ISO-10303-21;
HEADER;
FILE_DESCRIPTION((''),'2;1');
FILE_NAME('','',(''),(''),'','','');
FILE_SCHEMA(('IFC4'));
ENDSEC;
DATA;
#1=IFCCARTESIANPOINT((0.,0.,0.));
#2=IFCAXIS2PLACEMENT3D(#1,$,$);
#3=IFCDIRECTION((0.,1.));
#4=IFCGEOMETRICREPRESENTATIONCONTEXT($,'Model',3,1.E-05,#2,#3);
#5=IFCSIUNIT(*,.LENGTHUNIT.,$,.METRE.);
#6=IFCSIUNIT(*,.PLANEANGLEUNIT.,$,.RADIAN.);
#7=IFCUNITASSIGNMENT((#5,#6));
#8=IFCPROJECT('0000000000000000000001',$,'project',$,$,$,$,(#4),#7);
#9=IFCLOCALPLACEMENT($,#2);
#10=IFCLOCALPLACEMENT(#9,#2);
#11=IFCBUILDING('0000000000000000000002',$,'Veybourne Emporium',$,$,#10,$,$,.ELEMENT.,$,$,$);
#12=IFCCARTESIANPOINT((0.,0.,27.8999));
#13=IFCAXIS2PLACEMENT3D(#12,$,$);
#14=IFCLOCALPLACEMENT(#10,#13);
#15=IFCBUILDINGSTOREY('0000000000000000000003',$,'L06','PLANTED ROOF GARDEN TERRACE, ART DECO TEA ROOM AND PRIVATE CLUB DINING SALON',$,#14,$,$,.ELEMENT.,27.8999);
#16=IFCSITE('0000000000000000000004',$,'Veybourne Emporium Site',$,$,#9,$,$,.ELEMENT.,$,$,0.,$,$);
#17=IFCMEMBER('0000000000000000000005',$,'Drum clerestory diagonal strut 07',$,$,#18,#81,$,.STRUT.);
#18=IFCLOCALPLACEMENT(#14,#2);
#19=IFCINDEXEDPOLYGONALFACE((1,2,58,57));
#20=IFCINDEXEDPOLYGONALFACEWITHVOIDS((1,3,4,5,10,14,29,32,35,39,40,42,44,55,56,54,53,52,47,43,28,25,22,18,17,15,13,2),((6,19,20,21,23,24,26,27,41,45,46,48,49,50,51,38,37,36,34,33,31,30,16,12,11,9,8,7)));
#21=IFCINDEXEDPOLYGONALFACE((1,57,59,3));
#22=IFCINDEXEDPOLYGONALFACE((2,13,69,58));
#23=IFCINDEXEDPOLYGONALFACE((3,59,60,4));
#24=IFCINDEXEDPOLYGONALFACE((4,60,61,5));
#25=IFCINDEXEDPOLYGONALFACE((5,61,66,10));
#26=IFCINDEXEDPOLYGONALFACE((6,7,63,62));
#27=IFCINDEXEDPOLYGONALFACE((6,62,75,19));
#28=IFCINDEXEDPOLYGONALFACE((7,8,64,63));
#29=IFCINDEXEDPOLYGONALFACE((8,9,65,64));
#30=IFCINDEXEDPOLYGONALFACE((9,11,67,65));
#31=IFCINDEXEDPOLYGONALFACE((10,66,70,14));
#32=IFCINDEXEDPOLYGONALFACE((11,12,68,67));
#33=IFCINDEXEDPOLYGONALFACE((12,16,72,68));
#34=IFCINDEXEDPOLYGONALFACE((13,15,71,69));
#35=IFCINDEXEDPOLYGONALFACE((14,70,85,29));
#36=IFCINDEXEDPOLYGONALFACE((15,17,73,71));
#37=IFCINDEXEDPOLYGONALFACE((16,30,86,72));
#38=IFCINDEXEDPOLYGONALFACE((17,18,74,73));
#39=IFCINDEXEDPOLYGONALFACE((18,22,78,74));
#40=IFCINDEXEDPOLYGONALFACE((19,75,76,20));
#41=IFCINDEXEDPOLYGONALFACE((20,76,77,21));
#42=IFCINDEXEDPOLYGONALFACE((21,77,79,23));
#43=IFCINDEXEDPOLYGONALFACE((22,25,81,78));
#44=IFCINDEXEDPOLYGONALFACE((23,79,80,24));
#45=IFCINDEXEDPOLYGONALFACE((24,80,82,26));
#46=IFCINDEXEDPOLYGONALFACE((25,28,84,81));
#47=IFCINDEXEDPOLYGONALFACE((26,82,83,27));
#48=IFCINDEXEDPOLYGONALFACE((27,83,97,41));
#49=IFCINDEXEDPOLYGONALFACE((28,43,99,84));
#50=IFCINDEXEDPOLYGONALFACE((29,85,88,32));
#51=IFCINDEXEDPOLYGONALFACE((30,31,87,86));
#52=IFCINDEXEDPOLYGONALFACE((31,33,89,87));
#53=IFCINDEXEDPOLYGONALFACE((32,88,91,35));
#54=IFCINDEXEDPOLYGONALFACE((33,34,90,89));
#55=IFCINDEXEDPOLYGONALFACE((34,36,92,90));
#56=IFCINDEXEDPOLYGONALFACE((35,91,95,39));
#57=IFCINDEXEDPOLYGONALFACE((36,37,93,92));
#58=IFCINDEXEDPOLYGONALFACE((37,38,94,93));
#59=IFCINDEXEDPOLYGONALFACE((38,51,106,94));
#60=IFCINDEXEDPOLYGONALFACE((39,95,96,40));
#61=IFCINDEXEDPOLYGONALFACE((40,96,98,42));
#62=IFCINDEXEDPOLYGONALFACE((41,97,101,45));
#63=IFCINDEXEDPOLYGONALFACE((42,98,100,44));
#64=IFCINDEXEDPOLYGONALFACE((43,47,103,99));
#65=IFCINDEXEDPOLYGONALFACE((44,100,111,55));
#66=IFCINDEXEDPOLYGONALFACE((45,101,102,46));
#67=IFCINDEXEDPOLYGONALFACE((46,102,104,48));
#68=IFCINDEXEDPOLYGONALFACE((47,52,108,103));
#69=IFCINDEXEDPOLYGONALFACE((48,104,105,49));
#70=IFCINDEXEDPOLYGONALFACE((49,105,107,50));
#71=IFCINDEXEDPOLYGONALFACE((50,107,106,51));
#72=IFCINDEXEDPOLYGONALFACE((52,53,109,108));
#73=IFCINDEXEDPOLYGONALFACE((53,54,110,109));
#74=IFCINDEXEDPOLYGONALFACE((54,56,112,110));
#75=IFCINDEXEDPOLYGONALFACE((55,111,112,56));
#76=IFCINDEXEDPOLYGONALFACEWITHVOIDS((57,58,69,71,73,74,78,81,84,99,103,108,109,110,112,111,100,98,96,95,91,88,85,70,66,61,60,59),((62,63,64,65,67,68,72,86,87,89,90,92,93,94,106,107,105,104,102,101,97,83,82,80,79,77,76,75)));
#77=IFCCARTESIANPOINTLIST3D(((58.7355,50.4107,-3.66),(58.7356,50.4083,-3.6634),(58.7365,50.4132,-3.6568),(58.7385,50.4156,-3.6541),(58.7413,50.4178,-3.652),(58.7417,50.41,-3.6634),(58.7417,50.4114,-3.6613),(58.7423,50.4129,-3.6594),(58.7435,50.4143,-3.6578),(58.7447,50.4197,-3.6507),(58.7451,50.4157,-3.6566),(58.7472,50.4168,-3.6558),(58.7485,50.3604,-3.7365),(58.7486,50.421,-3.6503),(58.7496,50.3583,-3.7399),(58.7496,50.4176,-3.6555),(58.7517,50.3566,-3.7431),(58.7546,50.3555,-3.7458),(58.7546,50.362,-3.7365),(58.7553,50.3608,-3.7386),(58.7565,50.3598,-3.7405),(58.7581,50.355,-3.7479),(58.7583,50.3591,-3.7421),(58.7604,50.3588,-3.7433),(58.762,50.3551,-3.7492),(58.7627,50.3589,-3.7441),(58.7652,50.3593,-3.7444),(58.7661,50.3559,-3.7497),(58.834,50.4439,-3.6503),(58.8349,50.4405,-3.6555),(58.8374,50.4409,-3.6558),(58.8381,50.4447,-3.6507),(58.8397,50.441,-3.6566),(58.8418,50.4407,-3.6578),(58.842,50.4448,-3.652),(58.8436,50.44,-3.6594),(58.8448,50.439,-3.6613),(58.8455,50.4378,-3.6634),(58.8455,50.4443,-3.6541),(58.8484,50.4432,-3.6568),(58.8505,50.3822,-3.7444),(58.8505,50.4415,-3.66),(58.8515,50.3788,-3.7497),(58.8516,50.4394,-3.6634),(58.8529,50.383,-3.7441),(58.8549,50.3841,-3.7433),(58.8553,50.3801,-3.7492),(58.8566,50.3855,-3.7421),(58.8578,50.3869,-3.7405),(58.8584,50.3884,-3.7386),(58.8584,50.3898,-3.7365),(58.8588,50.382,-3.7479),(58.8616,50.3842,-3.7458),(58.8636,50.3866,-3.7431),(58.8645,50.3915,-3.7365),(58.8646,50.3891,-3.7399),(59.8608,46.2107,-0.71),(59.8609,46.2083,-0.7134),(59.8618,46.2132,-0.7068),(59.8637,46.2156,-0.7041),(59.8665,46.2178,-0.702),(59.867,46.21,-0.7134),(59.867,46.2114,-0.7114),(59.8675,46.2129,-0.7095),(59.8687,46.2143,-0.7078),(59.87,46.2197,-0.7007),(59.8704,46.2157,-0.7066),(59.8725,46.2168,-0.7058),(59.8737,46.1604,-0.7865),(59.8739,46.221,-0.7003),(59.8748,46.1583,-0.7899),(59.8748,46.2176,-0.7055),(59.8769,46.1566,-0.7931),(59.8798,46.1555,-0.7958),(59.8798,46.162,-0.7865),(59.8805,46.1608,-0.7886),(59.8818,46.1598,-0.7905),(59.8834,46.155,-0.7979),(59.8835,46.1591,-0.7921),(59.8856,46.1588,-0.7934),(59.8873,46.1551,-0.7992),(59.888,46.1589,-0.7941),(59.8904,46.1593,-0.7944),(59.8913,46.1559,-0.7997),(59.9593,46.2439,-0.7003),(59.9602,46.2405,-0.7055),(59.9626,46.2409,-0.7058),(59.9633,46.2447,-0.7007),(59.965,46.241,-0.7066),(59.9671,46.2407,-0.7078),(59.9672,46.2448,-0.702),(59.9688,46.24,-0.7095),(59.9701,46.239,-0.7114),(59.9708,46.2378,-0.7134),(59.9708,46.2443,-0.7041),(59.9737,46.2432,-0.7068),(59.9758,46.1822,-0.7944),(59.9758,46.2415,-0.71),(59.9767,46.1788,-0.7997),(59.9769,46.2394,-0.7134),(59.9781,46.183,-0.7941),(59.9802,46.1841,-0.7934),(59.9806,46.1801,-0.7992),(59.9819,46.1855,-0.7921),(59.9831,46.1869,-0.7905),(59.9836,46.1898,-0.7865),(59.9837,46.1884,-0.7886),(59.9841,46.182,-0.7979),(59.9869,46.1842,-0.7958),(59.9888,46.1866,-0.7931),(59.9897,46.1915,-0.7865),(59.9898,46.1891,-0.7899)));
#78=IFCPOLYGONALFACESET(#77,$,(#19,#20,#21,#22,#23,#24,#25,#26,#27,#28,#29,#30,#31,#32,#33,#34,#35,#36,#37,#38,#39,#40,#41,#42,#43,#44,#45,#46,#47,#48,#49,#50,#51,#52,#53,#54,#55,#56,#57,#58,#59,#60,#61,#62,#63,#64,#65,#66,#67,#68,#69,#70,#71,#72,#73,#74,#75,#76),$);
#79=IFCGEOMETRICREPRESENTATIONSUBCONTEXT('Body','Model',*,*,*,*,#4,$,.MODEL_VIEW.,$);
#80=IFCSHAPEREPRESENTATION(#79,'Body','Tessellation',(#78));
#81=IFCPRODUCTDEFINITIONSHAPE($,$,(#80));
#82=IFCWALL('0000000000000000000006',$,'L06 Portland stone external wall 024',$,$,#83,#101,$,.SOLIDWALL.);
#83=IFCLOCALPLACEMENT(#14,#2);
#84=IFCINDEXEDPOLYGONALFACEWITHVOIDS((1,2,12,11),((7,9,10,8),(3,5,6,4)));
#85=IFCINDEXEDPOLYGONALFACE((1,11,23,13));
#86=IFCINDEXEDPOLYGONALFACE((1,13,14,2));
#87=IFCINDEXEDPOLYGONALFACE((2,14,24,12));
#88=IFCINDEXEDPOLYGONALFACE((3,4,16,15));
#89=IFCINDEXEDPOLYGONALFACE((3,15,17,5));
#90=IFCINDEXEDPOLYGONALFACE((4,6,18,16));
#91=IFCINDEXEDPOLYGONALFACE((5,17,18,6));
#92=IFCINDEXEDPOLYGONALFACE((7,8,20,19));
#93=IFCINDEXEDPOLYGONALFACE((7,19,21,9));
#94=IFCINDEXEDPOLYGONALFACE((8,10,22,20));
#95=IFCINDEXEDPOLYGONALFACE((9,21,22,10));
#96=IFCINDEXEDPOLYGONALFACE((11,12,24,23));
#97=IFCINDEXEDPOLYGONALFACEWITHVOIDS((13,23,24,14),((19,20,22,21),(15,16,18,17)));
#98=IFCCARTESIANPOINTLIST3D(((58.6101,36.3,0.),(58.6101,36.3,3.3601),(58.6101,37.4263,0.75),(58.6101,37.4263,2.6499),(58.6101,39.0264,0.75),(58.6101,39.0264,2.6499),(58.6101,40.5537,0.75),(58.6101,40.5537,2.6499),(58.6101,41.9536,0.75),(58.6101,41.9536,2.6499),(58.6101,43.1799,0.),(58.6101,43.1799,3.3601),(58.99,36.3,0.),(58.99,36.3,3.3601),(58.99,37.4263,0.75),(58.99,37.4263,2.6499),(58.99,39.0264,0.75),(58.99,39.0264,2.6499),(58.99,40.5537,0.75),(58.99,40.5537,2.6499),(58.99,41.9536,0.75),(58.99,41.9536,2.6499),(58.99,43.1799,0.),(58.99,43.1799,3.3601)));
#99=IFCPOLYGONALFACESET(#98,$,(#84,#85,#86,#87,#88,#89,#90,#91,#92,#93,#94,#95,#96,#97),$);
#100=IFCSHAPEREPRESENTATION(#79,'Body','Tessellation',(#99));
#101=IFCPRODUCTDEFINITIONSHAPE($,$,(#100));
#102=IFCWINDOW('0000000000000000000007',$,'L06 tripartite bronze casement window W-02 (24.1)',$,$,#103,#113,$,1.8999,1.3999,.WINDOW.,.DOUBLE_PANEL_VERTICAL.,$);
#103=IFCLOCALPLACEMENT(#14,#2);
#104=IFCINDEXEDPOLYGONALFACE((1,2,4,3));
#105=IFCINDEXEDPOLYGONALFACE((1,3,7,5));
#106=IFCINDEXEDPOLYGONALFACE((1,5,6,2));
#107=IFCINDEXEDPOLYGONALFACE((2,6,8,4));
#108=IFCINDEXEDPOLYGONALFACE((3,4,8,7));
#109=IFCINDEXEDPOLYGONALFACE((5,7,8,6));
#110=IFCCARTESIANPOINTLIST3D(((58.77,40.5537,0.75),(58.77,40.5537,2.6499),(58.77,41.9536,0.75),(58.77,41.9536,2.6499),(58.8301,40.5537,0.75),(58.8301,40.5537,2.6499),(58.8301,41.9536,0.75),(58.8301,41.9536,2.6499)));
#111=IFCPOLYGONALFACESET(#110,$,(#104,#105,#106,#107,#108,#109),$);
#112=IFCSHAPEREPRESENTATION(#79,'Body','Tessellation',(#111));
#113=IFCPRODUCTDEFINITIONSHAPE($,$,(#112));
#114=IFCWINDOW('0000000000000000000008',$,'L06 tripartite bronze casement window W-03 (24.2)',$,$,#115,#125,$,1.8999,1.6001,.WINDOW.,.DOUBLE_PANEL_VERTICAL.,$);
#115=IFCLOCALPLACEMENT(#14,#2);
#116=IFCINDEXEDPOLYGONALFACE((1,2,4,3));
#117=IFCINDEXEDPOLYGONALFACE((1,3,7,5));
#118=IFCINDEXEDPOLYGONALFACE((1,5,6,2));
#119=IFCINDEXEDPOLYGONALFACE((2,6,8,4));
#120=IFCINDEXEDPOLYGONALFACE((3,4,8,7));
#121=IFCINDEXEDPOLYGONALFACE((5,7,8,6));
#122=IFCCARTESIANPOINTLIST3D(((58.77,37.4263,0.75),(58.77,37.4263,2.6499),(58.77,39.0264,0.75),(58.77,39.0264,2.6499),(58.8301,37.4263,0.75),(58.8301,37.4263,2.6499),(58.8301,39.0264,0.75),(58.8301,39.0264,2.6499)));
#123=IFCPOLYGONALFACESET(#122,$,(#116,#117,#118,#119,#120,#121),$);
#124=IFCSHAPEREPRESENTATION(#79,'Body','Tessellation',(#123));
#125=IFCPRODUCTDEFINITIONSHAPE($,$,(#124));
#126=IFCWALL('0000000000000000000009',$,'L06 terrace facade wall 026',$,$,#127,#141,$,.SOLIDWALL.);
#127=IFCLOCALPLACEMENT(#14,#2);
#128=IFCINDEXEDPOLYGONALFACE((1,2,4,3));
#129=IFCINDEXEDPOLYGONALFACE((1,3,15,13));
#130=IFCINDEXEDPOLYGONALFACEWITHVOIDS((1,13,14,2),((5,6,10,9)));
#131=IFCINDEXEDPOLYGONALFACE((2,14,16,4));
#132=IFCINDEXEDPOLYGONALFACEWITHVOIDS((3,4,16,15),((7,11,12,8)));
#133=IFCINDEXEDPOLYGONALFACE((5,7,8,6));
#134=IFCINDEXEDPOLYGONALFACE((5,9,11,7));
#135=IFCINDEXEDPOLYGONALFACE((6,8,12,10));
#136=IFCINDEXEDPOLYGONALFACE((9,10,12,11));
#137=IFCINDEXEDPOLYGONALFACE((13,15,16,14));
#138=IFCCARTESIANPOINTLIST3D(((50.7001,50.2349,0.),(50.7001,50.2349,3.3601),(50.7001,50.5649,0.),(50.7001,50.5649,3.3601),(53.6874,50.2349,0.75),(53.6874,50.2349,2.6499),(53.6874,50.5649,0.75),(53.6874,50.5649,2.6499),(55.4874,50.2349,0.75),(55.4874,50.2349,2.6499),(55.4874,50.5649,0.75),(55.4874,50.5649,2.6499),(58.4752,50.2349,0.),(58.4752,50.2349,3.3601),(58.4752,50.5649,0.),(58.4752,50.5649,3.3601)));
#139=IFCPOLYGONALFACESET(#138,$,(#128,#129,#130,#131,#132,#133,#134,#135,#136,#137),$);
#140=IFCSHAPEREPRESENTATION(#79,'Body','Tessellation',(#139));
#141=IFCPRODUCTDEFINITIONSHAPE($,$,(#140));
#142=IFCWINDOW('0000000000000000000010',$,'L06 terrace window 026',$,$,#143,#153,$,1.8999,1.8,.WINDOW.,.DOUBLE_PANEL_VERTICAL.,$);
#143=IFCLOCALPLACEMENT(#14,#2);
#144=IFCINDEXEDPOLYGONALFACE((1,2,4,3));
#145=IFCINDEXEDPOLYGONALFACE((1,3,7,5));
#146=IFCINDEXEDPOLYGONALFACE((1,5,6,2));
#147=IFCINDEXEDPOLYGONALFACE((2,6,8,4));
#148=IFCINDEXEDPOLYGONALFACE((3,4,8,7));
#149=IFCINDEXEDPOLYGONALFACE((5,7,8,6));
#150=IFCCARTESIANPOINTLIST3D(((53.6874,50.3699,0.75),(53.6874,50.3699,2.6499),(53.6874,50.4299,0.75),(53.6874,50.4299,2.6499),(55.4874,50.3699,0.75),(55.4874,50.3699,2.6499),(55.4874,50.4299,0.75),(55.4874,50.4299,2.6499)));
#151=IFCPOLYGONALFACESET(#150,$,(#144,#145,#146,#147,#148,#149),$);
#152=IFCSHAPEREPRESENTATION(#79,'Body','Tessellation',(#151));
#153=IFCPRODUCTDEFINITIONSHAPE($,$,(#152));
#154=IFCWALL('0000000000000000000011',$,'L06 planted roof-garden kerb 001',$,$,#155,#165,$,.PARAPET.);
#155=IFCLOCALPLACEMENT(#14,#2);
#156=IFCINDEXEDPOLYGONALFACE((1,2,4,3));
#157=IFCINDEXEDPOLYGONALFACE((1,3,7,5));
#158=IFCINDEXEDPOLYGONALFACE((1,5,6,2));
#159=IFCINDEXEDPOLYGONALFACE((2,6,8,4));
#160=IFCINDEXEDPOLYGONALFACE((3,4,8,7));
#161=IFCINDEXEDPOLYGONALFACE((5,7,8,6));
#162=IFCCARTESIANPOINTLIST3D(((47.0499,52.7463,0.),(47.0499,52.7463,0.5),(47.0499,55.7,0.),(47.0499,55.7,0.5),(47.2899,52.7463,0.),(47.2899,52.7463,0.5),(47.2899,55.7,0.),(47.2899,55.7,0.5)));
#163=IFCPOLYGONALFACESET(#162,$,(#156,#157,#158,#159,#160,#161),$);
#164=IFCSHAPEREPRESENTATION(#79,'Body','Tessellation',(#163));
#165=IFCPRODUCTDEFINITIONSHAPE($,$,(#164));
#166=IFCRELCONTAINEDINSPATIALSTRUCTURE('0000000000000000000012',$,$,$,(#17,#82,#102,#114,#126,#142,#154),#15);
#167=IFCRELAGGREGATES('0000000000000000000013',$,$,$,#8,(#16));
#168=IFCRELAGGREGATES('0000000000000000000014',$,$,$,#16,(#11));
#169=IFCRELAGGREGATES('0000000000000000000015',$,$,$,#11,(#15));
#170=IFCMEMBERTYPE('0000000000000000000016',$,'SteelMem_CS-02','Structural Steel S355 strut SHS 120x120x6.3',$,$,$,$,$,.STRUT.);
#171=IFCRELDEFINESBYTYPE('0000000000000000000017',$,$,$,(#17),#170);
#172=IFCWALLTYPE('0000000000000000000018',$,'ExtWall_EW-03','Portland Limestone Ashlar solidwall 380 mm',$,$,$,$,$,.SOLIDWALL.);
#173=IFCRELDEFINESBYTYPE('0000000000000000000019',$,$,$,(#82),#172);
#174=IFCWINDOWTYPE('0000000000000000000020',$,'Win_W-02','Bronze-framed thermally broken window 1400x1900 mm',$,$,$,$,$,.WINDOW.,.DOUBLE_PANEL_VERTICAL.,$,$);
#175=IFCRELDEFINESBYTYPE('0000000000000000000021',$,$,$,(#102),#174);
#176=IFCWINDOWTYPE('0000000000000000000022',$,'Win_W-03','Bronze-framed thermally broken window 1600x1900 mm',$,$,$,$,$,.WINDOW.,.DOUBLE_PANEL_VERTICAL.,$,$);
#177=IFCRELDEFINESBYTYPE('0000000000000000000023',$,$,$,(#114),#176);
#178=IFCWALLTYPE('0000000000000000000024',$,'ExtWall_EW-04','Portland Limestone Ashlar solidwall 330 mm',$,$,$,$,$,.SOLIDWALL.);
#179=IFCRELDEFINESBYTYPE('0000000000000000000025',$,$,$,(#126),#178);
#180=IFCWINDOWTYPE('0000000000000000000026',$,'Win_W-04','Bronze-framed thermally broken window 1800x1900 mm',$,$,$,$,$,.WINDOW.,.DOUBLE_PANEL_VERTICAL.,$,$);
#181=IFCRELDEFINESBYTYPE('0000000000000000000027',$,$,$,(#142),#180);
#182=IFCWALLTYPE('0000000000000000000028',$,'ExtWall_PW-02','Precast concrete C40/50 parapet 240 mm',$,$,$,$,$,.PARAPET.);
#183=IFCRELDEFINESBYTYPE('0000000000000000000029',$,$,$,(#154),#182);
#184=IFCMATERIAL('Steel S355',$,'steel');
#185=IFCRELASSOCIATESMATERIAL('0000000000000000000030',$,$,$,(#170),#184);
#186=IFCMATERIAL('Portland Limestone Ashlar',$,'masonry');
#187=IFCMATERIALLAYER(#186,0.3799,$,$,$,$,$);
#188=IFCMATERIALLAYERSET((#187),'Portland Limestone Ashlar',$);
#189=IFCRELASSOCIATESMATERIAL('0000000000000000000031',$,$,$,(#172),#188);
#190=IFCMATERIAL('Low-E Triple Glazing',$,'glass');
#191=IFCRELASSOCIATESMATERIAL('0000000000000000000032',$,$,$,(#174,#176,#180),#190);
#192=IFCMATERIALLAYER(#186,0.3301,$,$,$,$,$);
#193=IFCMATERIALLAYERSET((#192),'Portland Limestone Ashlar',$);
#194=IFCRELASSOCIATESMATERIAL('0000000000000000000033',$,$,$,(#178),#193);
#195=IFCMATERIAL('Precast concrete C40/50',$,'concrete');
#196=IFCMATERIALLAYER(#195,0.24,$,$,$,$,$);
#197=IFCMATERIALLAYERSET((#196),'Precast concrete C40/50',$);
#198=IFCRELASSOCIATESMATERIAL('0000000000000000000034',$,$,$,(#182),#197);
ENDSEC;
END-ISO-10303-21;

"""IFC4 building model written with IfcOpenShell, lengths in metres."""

from ifc_helpers import new_model, si_unit, direction, frame, frame_2d, origin, origin_2d, place, context, subcontext, project, spatial, rectangle, hollow_rectangle, extrude, material, layer, layer_set, material_profile, profile_set, type_object, element, fill, save


model = new_model("IFC4")

# Units and contexts
model_context = context("Model", 3, precision=1e-05, world=origin(), true_north=direction((0.0, 1.0)))
body_context = subcontext(model_context, "Body", "Model", "MODEL_VIEW")
ifc_project = project(units=[si_unit("LENGTHUNIT", "METRE"), si_unit("PLANEANGLEUNIT", "RADIAN")], contexts=[model_context])

# Site, building, storey
site_placement = place(None, origin())
site = spatial("IfcSite", under=ifc_project, at=site_placement, Name="Veybourne Emporium Site", CompositionType="ELEMENT", RefElevation=0.0)
building_placement = place(site_placement, origin())
building = spatial("IfcBuilding", under=site, at=building_placement, Name="Veybourne Emporium", CompositionType="ELEMENT")
storey_placement = place(building_placement, frame((0.0, 0.0, 27.8999)))
storey = spatial("IfcBuildingStorey", under=building, at=storey_placement, Name="L06", Description="PLANTED ROOF GARDEN TERRACE, ART DECO TEA ROOM AND PRIVATE CLUB DINING SALON", CompositionType="ELEMENT", Elevation=27.8999)

# Member
ifc_material_1 = material(Name="Steel S355", Category="steel")
ifc_material_profile_1 = material_profile(ifc_material_1, hollow_rectangle(XDim=0.1201, YDim=0.1201, WallThickness=0.0063, InnerFilletRadius=0.0095, OuterFilletRadius=0.0159, at=origin_2d()), Name="SHS 120x120x6.3")
ifc_profile_set_1 = profile_set([ifc_material_profile_1], Name="Steel S355")
member_type_1 = type_object("IfcMemberType", Name="SteelMem_CS-02", Description="Structural Steel S355 strut SHS 120x120x6.3", PredefinedType="STRUT", material=ifc_profile_set_1)
member_1_placement = place(storey_placement, frame((58.8, 50.3999, -3.7), z_axis=(0.214156, -0.799332, 0.561432), x_axis=(0.965933, 0.258791, 0.0)))
element("IfcMember", 1, at=member_1_placement, inside=storey, type_object=member_type_1, Name="Drum clerestory diagonal strut 07", PredefinedType="STRUT", context=body_context, shape_type="SweptSolid", body=[
    extrude(hollow_rectangle(XDim=0.1201, YDim=0.1201, WallThickness=0.0063, InnerFilletRadius=0.0095, OuterFilletRadius=0.0159, at=origin_2d()), origin(), (0.0, 0.0, 1.0), 5.2544),
])

# Wall, openings, windows
ifc_material_2 = material(Name="Portland Limestone Ashlar", Category="masonry")
ifc_layer_1 = layer(ifc_material_2, 0.3799)
ifc_layer_set_1 = layer_set([ifc_layer_1], Name="Portland Limestone Ashlar")
wall_type_1 = type_object("IfcWallType", Name="ExtWall_EW-03", Description="Portland Limestone Ashlar solidwall 380 mm", PredefinedType="SOLIDWALL", material=ifc_layer_set_1)
wall_1_placement = place(storey_placement, frame((58.8, 43.1799, 0.0), z_axis=(0.0, 0.0, 1.0), x_axis=(0.0, -1.0, 0.0)))
wall_1 = element("IfcWall", 2, at=wall_1_placement, inside=storey, type_object=wall_type_1, Name="L06 Portland stone external wall 024", PredefinedType="SOLIDWALL", context=body_context, shape_type="SweptSolid", body=[
    extrude(rectangle(XDim=6.8799, YDim=0.3799, at=frame_2d((3.4399, 0.0))), origin(), (0.0, 0.0, 1.0), 3.3601),
])
opening_1_placement = place(wall_1_placement, frame((1.2263, 0.0, 0.75)))
opening_1 = element("IfcOpeningElement", 3, at=opening_1_placement, cuts=wall_1, PredefinedType="OPENING", context=body_context, shape_type="SweptSolid", body=[
    extrude(rectangle(XDim=1.3999, YDim=1.8999, at=frame_2d((0.7, 0.95))), frame((0.0, 0.21, 0.0), z_axis=(0.0, -1.0, 0.0), x_axis=(1.0, 0.0, 0.0)), (0.0, 0.0, 1.0), 0.4199),
])
opening_2_placement = place(wall_1_placement, frame((4.1536, 0.0, 0.75)))
opening_2 = element("IfcOpeningElement", 4, at=opening_2_placement, cuts=wall_1, PredefinedType="OPENING", context=body_context, shape_type="SweptSolid", body=[
    extrude(rectangle(XDim=1.6001, YDim=1.8999, at=frame_2d((0.8, 0.95))), frame((0.0, 0.21, 0.0), z_axis=(0.0, -1.0, 0.0), x_axis=(1.0, 0.0, 0.0)), (0.0, 0.0, 1.0), 0.4199),
])
ifc_material_3 = material(Name="Low-E Triple Glazing", Category="glass")
window_type_1 = type_object("IfcWindowType", Name="Win_W-02", Description="Bronze-framed thermally broken window 1400x1900 mm", PartitioningType="DOUBLE_PANEL_VERTICAL", PredefinedType="WINDOW", material=ifc_material_3)
window_1_placement = place(opening_1_placement, origin())
window_1 = element("IfcWindow", 5, at=window_1_placement, inside=storey, type_object=window_type_1, Name="L06 tripartite bronze casement window W-02 (24.1)", OverallHeight=1.8999, OverallWidth=1.3999, PartitioningType="DOUBLE_PANEL_VERTICAL", PredefinedType="WINDOW", context=body_context, shape_type="SweptSolid", body=[
    extrude(rectangle(XDim=1.3999, YDim=1.8999, at=frame_2d((0.7, 0.95))), frame((0.0, 0.03, 0.0), z_axis=(0.0, -1.0, 0.0), x_axis=(1.0, 0.0, 0.0)), (0.0, 0.0, 1.0), 0.0601),
])
fill(opening_1, window_1)
window_type_2 = type_object("IfcWindowType", Name="Win_W-03", Description="Bronze-framed thermally broken window 1600x1900 mm", PartitioningType="DOUBLE_PANEL_VERTICAL", PredefinedType="WINDOW", material=ifc_material_3)
window_2_placement = place(opening_2_placement, origin())
window_2 = element("IfcWindow", 6, at=window_2_placement, inside=storey, type_object=window_type_2, Name="L06 tripartite bronze casement window W-03 (24.2)", OverallHeight=1.8999, OverallWidth=1.6001, PartitioningType="DOUBLE_PANEL_VERTICAL", PredefinedType="WINDOW", context=body_context, shape_type="SweptSolid", body=[
    extrude(rectangle(XDim=1.6001, YDim=1.8999, at=frame_2d((0.8, 0.95))), frame((0.0, 0.03, 0.0), z_axis=(0.0, -1.0, 0.0), x_axis=(1.0, 0.0, 0.0)), (0.0, 0.0, 1.0), 0.0601),
])
fill(opening_2, window_2)

# Wall, opening, window
ifc_layer_2 = layer(ifc_material_2, 0.3301)
ifc_layer_set_2 = layer_set([ifc_layer_2], Name="Portland Limestone Ashlar")
wall_type_2 = type_object("IfcWallType", Name="ExtWall_EW-04", Description="Portland Limestone Ashlar solidwall 330 mm", PredefinedType="SOLIDWALL", material=ifc_layer_set_2)
wall_2_placement = place(storey_placement, frame((50.7, 50.3999, 0.0), z_axis=(0.0, 0.0, 1.0), x_axis=(1.0, 0.0, 0.0)))
wall_2 = element("IfcWall", 7, at=wall_2_placement, inside=storey, type_object=wall_type_2, Name="L06 terrace facade wall 026", PredefinedType="SOLIDWALL", context=body_context, shape_type="SweptSolid", body=[
    extrude(rectangle(XDim=7.7751, YDim=0.3301, at=frame_2d((3.8877, 0.0))), origin(), (0.0, 0.0, 1.0), 3.3601),
])
opening_3_placement = place(wall_2_placement, frame((2.9875, 0.0, 0.75)))
opening_3 = element("IfcOpeningElement", 8, at=opening_3_placement, cuts=wall_2, PredefinedType="OPENING", context=body_context, shape_type="SweptSolid", body=[
    extrude(rectangle(XDim=1.8, YDim=1.8999, at=frame_2d((0.8999, 0.95))), frame((0.0, 0.1851, 0.0), z_axis=(0.0, -1.0, 0.0), x_axis=(1.0, 0.0, 0.0)), (0.0, 0.0, 1.0), 0.3701),
])
window_type_3 = type_object("IfcWindowType", Name="Win_W-04", Description="Bronze-framed thermally broken window 1800x1900 mm", PartitioningType="DOUBLE_PANEL_VERTICAL", PredefinedType="WINDOW", material=ifc_material_3)
window_3_placement = place(opening_3_placement, origin())
window_3 = element("IfcWindow", 9, at=window_3_placement, inside=storey, type_object=window_type_3, Name="L06 terrace window 026", OverallHeight=1.8999, OverallWidth=1.8, PartitioningType="DOUBLE_PANEL_VERTICAL", PredefinedType="WINDOW", context=body_context, shape_type="SweptSolid", body=[
    extrude(rectangle(XDim=1.8, YDim=1.8999, at=frame_2d((0.8999, 0.95))), frame((0.0, 0.03, 0.0), z_axis=(0.0, -1.0, 0.0), x_axis=(1.0, 0.0, 0.0)), (0.0, 0.0, 1.0), 0.0601),
])
fill(opening_3, window_3)

# Wall
ifc_material_4 = material(Name="Precast concrete C40/50", Category="concrete")
ifc_layer_3 = layer(ifc_material_4, 0.24)
ifc_layer_set_3 = layer_set([ifc_layer_3], Name="Precast concrete C40/50")
wall_type_3 = type_object("IfcWallType", Name="ExtWall_PW-02", Description="Precast concrete C40/50 parapet 240 mm", PredefinedType="PARAPET", material=ifc_layer_set_3)
wall_3_placement = place(storey_placement, frame((47.1699, 52.7463, 0.0), z_axis=(0.0, 0.0, 1.0), x_axis=(0.0, 1.0, 0.0)))
element("IfcWall", 10, at=wall_3_placement, inside=storey, type_object=wall_type_3, Name="L06 planted roof-garden kerb 001", PredefinedType="PARAPET", context=body_context, shape_type="SweptSolid", body=[
    extrude(rectangle(XDim=2.9536, YDim=0.24, at=frame_2d((1.4768, 0.0))), origin(), (0.0, 0.0, 1.0), 0.5),
])

save(model, "model.ifc")
